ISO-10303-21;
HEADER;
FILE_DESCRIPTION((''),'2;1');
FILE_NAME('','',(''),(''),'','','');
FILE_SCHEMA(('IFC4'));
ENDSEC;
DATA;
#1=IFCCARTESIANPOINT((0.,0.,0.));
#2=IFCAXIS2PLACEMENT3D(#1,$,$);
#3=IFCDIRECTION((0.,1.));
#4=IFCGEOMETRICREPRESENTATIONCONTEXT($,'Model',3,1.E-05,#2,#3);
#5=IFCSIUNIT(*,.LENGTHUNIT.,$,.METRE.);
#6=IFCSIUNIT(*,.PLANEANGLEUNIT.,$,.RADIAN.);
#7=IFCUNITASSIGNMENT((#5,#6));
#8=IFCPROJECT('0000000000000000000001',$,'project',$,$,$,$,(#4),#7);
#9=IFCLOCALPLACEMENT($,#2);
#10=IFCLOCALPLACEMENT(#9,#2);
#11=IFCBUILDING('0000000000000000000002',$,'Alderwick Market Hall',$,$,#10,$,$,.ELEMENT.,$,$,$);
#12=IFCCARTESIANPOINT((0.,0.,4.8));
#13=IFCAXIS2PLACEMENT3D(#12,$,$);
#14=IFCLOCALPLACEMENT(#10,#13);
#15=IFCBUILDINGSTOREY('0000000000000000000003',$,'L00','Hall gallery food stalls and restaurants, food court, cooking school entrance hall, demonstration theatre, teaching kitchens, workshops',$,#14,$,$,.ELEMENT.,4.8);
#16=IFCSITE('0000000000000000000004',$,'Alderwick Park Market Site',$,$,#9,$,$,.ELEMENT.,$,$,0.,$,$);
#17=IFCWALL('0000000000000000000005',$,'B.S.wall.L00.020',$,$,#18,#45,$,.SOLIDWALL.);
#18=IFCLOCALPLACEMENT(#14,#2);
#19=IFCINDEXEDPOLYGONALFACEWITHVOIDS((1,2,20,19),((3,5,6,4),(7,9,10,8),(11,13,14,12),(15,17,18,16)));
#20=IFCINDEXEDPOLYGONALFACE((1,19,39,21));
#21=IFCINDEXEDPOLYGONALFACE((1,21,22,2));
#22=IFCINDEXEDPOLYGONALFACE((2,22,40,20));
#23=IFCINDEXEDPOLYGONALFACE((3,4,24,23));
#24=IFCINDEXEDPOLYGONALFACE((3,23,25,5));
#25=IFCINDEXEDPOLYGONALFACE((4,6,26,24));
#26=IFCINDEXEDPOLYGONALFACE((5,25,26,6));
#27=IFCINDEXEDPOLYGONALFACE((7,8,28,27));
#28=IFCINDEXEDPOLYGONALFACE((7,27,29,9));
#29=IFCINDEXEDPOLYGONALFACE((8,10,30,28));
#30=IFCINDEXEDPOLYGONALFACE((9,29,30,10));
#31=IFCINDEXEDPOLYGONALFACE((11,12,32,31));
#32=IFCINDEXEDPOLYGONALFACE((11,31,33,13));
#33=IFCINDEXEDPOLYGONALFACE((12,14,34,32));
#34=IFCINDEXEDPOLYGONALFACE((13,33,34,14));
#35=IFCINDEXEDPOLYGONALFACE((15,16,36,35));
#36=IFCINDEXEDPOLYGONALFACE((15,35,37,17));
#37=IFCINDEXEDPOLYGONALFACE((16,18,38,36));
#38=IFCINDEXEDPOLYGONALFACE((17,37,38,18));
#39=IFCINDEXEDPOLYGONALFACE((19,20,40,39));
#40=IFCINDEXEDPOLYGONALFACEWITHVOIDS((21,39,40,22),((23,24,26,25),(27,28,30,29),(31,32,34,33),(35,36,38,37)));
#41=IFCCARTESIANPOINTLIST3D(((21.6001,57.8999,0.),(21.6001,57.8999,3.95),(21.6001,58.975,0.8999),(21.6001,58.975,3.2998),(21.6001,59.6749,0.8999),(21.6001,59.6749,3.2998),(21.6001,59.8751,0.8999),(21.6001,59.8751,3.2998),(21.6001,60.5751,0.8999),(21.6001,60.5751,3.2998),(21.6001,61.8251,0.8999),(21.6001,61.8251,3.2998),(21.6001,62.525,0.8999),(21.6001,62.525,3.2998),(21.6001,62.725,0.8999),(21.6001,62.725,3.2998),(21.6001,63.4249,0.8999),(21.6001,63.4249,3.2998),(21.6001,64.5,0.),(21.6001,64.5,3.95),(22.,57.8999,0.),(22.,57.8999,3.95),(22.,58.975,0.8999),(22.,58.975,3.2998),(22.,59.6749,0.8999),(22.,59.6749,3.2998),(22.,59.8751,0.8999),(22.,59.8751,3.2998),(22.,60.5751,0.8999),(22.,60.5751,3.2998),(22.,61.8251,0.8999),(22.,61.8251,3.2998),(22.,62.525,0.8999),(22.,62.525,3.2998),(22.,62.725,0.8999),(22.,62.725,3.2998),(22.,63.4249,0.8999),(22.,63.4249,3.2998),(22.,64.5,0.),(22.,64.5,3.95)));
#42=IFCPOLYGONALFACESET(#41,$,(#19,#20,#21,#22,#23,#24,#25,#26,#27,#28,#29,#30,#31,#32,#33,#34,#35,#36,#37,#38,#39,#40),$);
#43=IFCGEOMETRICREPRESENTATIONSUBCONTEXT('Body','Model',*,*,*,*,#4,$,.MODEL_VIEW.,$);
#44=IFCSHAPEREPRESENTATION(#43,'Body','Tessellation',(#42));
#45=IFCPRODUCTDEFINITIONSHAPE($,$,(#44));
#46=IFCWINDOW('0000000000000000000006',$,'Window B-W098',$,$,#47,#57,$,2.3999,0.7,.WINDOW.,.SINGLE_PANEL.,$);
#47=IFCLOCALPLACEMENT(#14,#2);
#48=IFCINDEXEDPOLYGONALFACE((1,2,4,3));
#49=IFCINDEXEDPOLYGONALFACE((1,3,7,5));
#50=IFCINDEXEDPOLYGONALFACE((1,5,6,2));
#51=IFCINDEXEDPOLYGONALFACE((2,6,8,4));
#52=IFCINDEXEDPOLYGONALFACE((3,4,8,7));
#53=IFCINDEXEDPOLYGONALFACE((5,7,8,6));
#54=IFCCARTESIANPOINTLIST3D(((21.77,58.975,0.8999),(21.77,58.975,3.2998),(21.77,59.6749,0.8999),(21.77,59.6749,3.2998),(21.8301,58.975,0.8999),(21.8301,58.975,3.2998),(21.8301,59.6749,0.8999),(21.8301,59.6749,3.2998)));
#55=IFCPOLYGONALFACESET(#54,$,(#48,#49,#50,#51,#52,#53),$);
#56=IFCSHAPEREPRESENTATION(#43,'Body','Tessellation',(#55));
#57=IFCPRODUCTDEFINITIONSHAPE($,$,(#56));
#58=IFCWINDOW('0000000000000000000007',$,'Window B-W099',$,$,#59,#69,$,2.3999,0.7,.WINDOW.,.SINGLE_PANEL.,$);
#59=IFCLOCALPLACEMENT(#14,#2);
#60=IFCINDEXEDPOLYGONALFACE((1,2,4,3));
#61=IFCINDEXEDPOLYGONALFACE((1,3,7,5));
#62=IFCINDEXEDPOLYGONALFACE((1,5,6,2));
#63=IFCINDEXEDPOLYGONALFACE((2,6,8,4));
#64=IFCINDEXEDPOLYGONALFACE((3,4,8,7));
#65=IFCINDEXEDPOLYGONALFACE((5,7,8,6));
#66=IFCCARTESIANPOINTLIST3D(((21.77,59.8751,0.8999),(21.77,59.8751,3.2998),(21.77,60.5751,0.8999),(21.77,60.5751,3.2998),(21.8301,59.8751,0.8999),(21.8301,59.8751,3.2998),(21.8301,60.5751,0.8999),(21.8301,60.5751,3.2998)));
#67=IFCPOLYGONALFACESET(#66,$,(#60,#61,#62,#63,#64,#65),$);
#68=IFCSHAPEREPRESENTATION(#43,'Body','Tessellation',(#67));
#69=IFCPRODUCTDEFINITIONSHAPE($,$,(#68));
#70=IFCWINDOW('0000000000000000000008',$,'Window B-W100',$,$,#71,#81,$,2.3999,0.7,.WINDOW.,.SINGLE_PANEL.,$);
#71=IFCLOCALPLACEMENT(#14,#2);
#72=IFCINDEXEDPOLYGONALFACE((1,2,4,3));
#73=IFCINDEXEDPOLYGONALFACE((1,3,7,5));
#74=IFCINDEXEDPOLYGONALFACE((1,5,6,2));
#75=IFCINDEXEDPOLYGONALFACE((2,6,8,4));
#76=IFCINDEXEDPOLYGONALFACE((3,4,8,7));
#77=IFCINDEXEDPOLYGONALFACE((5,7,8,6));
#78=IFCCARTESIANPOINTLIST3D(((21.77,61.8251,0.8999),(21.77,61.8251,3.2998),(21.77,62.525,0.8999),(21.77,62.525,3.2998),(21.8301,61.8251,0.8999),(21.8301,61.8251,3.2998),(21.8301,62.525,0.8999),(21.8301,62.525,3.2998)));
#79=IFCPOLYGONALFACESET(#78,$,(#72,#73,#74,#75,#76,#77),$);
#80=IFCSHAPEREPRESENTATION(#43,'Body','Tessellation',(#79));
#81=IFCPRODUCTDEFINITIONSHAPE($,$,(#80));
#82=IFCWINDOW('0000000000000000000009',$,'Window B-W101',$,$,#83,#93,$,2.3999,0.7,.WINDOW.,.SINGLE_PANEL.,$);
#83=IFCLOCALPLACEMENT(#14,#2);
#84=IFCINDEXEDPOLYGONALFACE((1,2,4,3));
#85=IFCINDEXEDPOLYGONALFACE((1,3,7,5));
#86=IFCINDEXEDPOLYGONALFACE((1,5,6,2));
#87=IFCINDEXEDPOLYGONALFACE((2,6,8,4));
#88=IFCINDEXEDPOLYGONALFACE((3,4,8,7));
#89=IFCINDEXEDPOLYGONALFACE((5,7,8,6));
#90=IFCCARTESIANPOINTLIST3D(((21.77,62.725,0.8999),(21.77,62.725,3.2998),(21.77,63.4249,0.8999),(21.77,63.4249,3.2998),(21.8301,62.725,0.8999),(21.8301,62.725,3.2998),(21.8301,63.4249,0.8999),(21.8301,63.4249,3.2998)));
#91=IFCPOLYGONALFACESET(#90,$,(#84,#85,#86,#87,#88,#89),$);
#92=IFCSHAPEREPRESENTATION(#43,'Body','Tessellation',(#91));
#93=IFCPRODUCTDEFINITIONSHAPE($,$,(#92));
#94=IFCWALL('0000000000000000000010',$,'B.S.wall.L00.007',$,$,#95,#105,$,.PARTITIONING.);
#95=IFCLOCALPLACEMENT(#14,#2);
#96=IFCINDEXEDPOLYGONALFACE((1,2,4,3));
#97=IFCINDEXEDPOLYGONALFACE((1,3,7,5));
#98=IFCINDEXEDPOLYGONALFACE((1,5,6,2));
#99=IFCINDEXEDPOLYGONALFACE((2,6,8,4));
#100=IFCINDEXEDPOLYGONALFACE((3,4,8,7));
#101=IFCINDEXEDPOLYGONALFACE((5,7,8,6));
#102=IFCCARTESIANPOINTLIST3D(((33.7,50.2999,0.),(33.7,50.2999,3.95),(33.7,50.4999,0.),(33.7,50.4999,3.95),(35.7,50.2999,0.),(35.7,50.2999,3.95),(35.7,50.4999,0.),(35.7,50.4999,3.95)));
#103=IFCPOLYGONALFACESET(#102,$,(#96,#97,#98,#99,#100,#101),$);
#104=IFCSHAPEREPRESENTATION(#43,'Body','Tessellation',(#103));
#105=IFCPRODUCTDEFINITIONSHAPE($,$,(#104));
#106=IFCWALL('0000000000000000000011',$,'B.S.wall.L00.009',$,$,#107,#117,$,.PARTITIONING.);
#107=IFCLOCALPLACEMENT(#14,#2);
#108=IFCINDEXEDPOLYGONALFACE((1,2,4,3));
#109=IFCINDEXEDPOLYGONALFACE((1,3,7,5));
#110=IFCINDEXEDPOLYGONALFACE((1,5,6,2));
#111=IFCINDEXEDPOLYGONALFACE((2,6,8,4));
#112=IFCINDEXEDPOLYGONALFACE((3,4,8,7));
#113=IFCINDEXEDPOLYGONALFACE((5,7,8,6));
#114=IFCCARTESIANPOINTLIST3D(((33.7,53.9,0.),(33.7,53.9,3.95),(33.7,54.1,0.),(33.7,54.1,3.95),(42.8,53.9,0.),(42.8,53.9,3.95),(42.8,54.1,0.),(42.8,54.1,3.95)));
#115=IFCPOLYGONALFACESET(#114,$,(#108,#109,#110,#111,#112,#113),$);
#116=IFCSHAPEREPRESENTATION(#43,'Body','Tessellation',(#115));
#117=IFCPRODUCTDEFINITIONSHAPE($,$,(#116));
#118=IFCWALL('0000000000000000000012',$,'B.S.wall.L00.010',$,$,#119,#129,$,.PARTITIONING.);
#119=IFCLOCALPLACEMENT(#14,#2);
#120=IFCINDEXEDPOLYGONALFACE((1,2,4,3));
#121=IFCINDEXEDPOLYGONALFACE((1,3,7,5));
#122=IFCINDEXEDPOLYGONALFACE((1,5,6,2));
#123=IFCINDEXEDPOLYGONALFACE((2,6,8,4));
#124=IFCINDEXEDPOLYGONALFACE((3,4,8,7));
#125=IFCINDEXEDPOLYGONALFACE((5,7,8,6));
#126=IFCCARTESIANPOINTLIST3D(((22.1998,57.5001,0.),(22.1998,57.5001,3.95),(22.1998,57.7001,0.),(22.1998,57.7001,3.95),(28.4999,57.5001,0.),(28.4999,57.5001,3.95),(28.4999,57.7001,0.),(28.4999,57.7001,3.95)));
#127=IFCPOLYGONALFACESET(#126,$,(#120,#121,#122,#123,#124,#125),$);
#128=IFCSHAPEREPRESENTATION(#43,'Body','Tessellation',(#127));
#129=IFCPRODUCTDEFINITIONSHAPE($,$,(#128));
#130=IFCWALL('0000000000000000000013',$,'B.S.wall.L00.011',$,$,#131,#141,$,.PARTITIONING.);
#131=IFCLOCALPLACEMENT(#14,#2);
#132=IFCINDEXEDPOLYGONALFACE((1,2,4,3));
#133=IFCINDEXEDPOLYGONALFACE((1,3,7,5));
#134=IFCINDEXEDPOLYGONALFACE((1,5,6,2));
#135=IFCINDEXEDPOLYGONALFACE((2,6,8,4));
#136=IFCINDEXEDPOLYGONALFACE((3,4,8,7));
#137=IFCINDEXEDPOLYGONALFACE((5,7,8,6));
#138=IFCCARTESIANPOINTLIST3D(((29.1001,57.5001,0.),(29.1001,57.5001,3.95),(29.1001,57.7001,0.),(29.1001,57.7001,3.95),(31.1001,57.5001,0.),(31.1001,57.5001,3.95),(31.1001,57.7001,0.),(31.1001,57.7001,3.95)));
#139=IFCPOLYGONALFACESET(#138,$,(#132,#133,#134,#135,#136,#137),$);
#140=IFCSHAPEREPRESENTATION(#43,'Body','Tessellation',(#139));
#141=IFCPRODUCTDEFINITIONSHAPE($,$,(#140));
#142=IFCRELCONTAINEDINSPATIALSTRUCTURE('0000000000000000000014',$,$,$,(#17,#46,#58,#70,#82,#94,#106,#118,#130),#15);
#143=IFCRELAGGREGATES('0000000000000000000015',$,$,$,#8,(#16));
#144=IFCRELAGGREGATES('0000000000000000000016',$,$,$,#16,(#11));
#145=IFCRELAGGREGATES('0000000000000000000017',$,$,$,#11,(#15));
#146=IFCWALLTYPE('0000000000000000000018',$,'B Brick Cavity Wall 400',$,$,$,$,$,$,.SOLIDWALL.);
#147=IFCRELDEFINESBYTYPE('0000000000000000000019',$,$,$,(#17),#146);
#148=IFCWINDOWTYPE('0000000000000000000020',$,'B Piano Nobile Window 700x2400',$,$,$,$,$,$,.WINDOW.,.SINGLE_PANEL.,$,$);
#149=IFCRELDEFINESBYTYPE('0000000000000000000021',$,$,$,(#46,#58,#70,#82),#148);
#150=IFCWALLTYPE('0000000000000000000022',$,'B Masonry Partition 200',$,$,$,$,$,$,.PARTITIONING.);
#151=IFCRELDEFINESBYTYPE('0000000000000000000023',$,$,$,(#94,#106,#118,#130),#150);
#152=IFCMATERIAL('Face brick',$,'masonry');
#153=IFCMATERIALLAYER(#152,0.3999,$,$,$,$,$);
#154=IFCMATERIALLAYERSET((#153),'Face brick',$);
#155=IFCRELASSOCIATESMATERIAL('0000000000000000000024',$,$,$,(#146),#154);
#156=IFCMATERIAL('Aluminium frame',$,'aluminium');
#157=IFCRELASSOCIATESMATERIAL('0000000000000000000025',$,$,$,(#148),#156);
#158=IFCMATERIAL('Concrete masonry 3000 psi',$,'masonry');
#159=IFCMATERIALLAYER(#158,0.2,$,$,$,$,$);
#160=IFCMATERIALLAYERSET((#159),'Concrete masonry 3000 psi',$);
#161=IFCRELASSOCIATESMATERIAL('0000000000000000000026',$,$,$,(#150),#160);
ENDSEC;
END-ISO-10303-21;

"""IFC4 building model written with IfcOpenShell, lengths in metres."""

from ifc_helpers import new_model, si_unit, direction, frame, frame_2d, origin, place, context, subcontext, project, spatial, rectangle, extrude, material, layer, layer_set, type_object, element, fill, save


model = new_model("IFC4")

# Units and contexts
model_context = context("Model", 3, precision=1e-05, world=origin(), true_north=direction((0.0, 1.0)))
body_context = subcontext(model_context, "Body", "Model", "MODEL_VIEW")
ifc_project = project(units=[si_unit("LENGTHUNIT", "METRE"), si_unit("PLANEANGLEUNIT", "RADIAN")], contexts=[model_context])

# Site, building, storey
site_placement = place(None, origin())
site = spatial("IfcSite", under=ifc_project, at=site_placement, Name="Alderwick Park Market Site", CompositionType="ELEMENT", RefElevation=0.0)
building_placement = place(site_placement, origin())
building = spatial("IfcBuilding", under=site, at=building_placement, Name="Alderwick Market Hall", CompositionType="ELEMENT")
storey_placement = place(building_placement, frame((0.0, 0.0, 4.8)))
storey = spatial("IfcBuildingStorey", under=building, at=storey_placement, Name="L00", Description="Hall gallery food stalls and restaurants, food court, cooking school entrance hall, demonstration theatre, teaching kitchens, workshops", CompositionType="ELEMENT", Elevation=4.8)

# Wall, openings, windows
ifc_material_1 = material(Name="Face brick", Category="masonry")
ifc_layer_1 = layer(ifc_material_1, 0.3999)
ifc_layer_set_1 = layer_set([ifc_layer_1], Name="Face brick")
wall_type_1 = type_object("IfcWallType", Name="B Brick Cavity Wall 400", PredefinedType="SOLIDWALL", material=ifc_layer_set_1)
ifc_material_2 = material(Name="Aluminium frame", Category="aluminium")
window_type = type_object("IfcWindowType", Name="B Piano Nobile Window 700x2400", PartitioningType="SINGLE_PANEL", PredefinedType="WINDOW", material=ifc_material_2)
wall_1_placement = place(storey_placement, frame((21.8, 57.8999, 0.0), z_axis=(0.0, 0.0, 1.0), x_axis=(0.0, 1.0, 0.0)))
wall_1 = element("IfcWall", 1, at=wall_1_placement, inside=storey, type_object=wall_type_1, Name="B.S.wall.L00.020", PredefinedType="SOLIDWALL", context=body_context, shape_type="SweptSolid", body=[
    extrude(rectangle(XDim=6.6001, YDim=0.3999, at=frame_2d((3.3, 0.0))), origin(), (0.0, 0.0, 1.0), 3.95),
])
opening_1_placement = place(wall_1_placement, frame((1.075, 0.0, 0.8999)))
opening_1 = element("IfcOpeningElement", 2, at=opening_1_placement, cuts=wall_1, PredefinedType="OPENING", context=body_context, shape_type="SweptSolid", body=[
    extrude(rectangle(XDim=0.7, YDim=2.3999, at=frame_2d((0.3501, 1.2))), frame((0.0, 0.21, 0.0), z_axis=(0.0, -1.0, 0.0), x_axis=(1.0, 0.0, 0.0)), (0.0, 0.0, 1.0), 0.4199),
])
opening_2_placement = place(wall_1_placement, frame((1.9751, 0.0, 0.8999)))
opening_2 = element("IfcOpeningElement", 3, at=opening_2_placement, cuts=wall_1, PredefinedType="OPENING", context=body_context, shape_type="SweptSolid", body=[
    extrude(rectangle(XDim=0.7, YDim=2.3999, at=frame_2d((0.3501, 1.2))), frame((0.0, 0.21, 0.0), z_axis=(0.0, -1.0, 0.0), x_axis=(1.0, 0.0, 0.0)), (0.0, 0.0, 1.0), 0.4199),
])
opening_3_placement = place(wall_1_placement, frame((3.925, 0.0, 0.8999)))
opening_3 = element("IfcOpeningElement", 4, at=opening_3_placement, cuts=wall_1, PredefinedType="OPENING", context=body_context, shape_type="SweptSolid", body=[
    extrude(rectangle(XDim=0.7, YDim=2.3999, at=frame_2d((0.3501, 1.2))), frame((0.0, 0.21, 0.0), z_axis=(0.0, -1.0, 0.0), x_axis=(1.0, 0.0, 0.0)), (0.0, 0.0, 1.0), 0.4199),
])
opening_4_placement = place(wall_1_placement, frame((4.825, 0.0, 0.8999)))
opening_4 = element("IfcOpeningElement", 5, at=opening_4_placement, cuts=wall_1, PredefinedType="OPENING", context=body_context, shape_type="SweptSolid", body=[
    extrude(rectangle(XDim=0.7, YDim=2.3999, at=frame_2d((0.3501, 1.2))), frame((0.0, 0.21, 0.0), z_axis=(0.0, -1.0, 0.0), x_axis=(1.0, 0.0, 0.0)), (0.0, 0.0, 1.0), 0.4199),
])
window_1_placement = place(opening_1_placement, origin())
window_1 = element("IfcWindow", 6, at=window_1_placement, inside=storey, type_object=window_type, Name="Window B-W098", OverallHeight=2.3999, OverallWidth=0.7, PartitioningType="SINGLE_PANEL", PredefinedType="WINDOW", context=body_context, shape_type="SweptSolid", body=[
    extrude(rectangle(XDim=0.7, YDim=2.3999, at=frame_2d((0.3501, 1.2))), frame((0.0, 0.03, 0.0), z_axis=(0.0, -1.0, 0.0), x_axis=(1.0, 0.0, 0.0)), (0.0, 0.0, 1.0), 0.0601),
])
fill(opening_1, window_1)
window_2_placement = place(opening_2_placement, origin())
window_2 = element("IfcWindow", 7, at=window_2_placement, inside=storey, type_object=window_type, Name="Window B-W099", OverallHeight=2.3999, OverallWidth=0.7, PartitioningType="SINGLE_PANEL", PredefinedType="WINDOW", context=body_context, shape_type="SweptSolid", body=[
    extrude(rectangle(XDim=0.7, YDim=2.3999, at=frame_2d((0.3501, 1.2))), frame((0.0, 0.03, 0.0), z_axis=(0.0, -1.0, 0.0), x_axis=(1.0, 0.0, 0.0)), (0.0, 0.0, 1.0), 0.0601),
])
fill(opening_2, window_2)
window_3_placement = place(opening_3_placement, origin())
window_3 = element("IfcWindow", 8, at=window_3_placement, inside=storey, type_object=window_type, Name="Window B-W100", OverallHeight=2.3999, OverallWidth=0.7, PartitioningType="SINGLE_PANEL", PredefinedType="WINDOW", context=body_context, shape_type="SweptSolid", body=[
    extrude(rectangle(XDim=0.7, YDim=2.3999, at=frame_2d((0.3501, 1.2))), frame((0.0, 0.03, 0.0), z_axis=(0.0, -1.0, 0.0), x_axis=(1.0, 0.0, 0.0)), (0.0, 0.0, 1.0), 0.0601),
])
fill(opening_3, window_3)
window_4_placement = place(opening_4_placement, origin())
window_4 = element("IfcWindow", 9, at=window_4_placement, inside=storey, type_object=window_type, Name="Window B-W101", OverallHeight=2.3999, OverallWidth=0.7, PartitioningType="SINGLE_PANEL", PredefinedType="WINDOW", context=body_context, shape_type="SweptSolid", body=[
    extrude(rectangle(XDim=0.7, YDim=2.3999, at=frame_2d((0.3501, 1.2))), frame((0.0, 0.03, 0.0), z_axis=(0.0, -1.0, 0.0), x_axis=(1.0, 0.0, 0.0)), (0.0, 0.0, 1.0), 0.0601),
])
fill(opening_4, window_4)

# Walls
ifc_material_3 = material(Name="Concrete masonry 3000 psi", Category="masonry")
ifc_layer_2 = layer(ifc_material_3, 0.2)
ifc_layer_set_2 = layer_set([ifc_layer_2], Name="Concrete masonry 3000 psi")
wall_type_2 = type_object("IfcWallType", Name="B Masonry Partition 200", PredefinedType="PARTITIONING", material=ifc_layer_set_2)
wall_2_placement = place(storey_placement, frame((33.7, 50.3999, 0.0), z_axis=(0.0, 0.0, 1.0), x_axis=(1.0, 0.0, 0.0)))
element("IfcWall", 10, at=wall_2_placement, inside=storey, type_object=wall_type_2, Name="B.S.wall.L00.007", PredefinedType="PARTITIONING", context=body_context, shape_type="SweptSolid", body=[
    extrude(rectangle(XDim=2.0, YDim=0.2, at=frame_2d((1.0, 0.0))), origin(), (0.0, 0.0, 1.0), 3.95),
])
wall_3_placement = place(storey_placement, frame((33.7, 54.0, 0.0), z_axis=(0.0, 0.0, 1.0), x_axis=(1.0, 0.0, 0.0)))
element("IfcWall", 11, at=wall_3_placement, inside=storey, type_object=wall_type_2, Name="B.S.wall.L00.009", PredefinedType="PARTITIONING", context=body_context, shape_type="SweptSolid", body=[
    extrude(rectangle(XDim=9.1001, YDim=0.2, at=frame_2d((4.55, 0.0))), origin(), (0.0, 0.0, 1.0), 3.95),
])
wall_4_placement = place(storey_placement, frame((22.2, 57.6001, 0.0), z_axis=(0.0, 0.0, 1.0), x_axis=(1.0, 0.0, 0.0)))
element("IfcWall", 12, at=wall_4_placement, inside=storey, type_object=wall_type_2, Name="B.S.wall.L00.010", PredefinedType="PARTITIONING", context=body_context, shape_type="SweptSolid", body=[
    extrude(rectangle(XDim=6.3, YDim=0.2, at=frame_2d((3.1499, 0.0))), origin(), (0.0, 0.0, 1.0), 3.95),
])
wall_5_placement = place(storey_placement, frame((29.1001, 57.6001, 0.0), z_axis=(0.0, 0.0, 1.0), x_axis=(1.0, 0.0, 0.0)))
element("IfcWall", 13, at=wall_5_placement, inside=storey, type_object=wall_type_2, Name="B.S.wall.L00.011", PredefinedType="PARTITIONING", context=body_context, shape_type="SweptSolid", body=[
    extrude(rectangle(XDim=2.0, YDim=0.2, at=frame_2d((1.0, 0.0))), origin(), (0.0, 0.0, 1.0), 3.95),
])

save(model, "model.ifc")
